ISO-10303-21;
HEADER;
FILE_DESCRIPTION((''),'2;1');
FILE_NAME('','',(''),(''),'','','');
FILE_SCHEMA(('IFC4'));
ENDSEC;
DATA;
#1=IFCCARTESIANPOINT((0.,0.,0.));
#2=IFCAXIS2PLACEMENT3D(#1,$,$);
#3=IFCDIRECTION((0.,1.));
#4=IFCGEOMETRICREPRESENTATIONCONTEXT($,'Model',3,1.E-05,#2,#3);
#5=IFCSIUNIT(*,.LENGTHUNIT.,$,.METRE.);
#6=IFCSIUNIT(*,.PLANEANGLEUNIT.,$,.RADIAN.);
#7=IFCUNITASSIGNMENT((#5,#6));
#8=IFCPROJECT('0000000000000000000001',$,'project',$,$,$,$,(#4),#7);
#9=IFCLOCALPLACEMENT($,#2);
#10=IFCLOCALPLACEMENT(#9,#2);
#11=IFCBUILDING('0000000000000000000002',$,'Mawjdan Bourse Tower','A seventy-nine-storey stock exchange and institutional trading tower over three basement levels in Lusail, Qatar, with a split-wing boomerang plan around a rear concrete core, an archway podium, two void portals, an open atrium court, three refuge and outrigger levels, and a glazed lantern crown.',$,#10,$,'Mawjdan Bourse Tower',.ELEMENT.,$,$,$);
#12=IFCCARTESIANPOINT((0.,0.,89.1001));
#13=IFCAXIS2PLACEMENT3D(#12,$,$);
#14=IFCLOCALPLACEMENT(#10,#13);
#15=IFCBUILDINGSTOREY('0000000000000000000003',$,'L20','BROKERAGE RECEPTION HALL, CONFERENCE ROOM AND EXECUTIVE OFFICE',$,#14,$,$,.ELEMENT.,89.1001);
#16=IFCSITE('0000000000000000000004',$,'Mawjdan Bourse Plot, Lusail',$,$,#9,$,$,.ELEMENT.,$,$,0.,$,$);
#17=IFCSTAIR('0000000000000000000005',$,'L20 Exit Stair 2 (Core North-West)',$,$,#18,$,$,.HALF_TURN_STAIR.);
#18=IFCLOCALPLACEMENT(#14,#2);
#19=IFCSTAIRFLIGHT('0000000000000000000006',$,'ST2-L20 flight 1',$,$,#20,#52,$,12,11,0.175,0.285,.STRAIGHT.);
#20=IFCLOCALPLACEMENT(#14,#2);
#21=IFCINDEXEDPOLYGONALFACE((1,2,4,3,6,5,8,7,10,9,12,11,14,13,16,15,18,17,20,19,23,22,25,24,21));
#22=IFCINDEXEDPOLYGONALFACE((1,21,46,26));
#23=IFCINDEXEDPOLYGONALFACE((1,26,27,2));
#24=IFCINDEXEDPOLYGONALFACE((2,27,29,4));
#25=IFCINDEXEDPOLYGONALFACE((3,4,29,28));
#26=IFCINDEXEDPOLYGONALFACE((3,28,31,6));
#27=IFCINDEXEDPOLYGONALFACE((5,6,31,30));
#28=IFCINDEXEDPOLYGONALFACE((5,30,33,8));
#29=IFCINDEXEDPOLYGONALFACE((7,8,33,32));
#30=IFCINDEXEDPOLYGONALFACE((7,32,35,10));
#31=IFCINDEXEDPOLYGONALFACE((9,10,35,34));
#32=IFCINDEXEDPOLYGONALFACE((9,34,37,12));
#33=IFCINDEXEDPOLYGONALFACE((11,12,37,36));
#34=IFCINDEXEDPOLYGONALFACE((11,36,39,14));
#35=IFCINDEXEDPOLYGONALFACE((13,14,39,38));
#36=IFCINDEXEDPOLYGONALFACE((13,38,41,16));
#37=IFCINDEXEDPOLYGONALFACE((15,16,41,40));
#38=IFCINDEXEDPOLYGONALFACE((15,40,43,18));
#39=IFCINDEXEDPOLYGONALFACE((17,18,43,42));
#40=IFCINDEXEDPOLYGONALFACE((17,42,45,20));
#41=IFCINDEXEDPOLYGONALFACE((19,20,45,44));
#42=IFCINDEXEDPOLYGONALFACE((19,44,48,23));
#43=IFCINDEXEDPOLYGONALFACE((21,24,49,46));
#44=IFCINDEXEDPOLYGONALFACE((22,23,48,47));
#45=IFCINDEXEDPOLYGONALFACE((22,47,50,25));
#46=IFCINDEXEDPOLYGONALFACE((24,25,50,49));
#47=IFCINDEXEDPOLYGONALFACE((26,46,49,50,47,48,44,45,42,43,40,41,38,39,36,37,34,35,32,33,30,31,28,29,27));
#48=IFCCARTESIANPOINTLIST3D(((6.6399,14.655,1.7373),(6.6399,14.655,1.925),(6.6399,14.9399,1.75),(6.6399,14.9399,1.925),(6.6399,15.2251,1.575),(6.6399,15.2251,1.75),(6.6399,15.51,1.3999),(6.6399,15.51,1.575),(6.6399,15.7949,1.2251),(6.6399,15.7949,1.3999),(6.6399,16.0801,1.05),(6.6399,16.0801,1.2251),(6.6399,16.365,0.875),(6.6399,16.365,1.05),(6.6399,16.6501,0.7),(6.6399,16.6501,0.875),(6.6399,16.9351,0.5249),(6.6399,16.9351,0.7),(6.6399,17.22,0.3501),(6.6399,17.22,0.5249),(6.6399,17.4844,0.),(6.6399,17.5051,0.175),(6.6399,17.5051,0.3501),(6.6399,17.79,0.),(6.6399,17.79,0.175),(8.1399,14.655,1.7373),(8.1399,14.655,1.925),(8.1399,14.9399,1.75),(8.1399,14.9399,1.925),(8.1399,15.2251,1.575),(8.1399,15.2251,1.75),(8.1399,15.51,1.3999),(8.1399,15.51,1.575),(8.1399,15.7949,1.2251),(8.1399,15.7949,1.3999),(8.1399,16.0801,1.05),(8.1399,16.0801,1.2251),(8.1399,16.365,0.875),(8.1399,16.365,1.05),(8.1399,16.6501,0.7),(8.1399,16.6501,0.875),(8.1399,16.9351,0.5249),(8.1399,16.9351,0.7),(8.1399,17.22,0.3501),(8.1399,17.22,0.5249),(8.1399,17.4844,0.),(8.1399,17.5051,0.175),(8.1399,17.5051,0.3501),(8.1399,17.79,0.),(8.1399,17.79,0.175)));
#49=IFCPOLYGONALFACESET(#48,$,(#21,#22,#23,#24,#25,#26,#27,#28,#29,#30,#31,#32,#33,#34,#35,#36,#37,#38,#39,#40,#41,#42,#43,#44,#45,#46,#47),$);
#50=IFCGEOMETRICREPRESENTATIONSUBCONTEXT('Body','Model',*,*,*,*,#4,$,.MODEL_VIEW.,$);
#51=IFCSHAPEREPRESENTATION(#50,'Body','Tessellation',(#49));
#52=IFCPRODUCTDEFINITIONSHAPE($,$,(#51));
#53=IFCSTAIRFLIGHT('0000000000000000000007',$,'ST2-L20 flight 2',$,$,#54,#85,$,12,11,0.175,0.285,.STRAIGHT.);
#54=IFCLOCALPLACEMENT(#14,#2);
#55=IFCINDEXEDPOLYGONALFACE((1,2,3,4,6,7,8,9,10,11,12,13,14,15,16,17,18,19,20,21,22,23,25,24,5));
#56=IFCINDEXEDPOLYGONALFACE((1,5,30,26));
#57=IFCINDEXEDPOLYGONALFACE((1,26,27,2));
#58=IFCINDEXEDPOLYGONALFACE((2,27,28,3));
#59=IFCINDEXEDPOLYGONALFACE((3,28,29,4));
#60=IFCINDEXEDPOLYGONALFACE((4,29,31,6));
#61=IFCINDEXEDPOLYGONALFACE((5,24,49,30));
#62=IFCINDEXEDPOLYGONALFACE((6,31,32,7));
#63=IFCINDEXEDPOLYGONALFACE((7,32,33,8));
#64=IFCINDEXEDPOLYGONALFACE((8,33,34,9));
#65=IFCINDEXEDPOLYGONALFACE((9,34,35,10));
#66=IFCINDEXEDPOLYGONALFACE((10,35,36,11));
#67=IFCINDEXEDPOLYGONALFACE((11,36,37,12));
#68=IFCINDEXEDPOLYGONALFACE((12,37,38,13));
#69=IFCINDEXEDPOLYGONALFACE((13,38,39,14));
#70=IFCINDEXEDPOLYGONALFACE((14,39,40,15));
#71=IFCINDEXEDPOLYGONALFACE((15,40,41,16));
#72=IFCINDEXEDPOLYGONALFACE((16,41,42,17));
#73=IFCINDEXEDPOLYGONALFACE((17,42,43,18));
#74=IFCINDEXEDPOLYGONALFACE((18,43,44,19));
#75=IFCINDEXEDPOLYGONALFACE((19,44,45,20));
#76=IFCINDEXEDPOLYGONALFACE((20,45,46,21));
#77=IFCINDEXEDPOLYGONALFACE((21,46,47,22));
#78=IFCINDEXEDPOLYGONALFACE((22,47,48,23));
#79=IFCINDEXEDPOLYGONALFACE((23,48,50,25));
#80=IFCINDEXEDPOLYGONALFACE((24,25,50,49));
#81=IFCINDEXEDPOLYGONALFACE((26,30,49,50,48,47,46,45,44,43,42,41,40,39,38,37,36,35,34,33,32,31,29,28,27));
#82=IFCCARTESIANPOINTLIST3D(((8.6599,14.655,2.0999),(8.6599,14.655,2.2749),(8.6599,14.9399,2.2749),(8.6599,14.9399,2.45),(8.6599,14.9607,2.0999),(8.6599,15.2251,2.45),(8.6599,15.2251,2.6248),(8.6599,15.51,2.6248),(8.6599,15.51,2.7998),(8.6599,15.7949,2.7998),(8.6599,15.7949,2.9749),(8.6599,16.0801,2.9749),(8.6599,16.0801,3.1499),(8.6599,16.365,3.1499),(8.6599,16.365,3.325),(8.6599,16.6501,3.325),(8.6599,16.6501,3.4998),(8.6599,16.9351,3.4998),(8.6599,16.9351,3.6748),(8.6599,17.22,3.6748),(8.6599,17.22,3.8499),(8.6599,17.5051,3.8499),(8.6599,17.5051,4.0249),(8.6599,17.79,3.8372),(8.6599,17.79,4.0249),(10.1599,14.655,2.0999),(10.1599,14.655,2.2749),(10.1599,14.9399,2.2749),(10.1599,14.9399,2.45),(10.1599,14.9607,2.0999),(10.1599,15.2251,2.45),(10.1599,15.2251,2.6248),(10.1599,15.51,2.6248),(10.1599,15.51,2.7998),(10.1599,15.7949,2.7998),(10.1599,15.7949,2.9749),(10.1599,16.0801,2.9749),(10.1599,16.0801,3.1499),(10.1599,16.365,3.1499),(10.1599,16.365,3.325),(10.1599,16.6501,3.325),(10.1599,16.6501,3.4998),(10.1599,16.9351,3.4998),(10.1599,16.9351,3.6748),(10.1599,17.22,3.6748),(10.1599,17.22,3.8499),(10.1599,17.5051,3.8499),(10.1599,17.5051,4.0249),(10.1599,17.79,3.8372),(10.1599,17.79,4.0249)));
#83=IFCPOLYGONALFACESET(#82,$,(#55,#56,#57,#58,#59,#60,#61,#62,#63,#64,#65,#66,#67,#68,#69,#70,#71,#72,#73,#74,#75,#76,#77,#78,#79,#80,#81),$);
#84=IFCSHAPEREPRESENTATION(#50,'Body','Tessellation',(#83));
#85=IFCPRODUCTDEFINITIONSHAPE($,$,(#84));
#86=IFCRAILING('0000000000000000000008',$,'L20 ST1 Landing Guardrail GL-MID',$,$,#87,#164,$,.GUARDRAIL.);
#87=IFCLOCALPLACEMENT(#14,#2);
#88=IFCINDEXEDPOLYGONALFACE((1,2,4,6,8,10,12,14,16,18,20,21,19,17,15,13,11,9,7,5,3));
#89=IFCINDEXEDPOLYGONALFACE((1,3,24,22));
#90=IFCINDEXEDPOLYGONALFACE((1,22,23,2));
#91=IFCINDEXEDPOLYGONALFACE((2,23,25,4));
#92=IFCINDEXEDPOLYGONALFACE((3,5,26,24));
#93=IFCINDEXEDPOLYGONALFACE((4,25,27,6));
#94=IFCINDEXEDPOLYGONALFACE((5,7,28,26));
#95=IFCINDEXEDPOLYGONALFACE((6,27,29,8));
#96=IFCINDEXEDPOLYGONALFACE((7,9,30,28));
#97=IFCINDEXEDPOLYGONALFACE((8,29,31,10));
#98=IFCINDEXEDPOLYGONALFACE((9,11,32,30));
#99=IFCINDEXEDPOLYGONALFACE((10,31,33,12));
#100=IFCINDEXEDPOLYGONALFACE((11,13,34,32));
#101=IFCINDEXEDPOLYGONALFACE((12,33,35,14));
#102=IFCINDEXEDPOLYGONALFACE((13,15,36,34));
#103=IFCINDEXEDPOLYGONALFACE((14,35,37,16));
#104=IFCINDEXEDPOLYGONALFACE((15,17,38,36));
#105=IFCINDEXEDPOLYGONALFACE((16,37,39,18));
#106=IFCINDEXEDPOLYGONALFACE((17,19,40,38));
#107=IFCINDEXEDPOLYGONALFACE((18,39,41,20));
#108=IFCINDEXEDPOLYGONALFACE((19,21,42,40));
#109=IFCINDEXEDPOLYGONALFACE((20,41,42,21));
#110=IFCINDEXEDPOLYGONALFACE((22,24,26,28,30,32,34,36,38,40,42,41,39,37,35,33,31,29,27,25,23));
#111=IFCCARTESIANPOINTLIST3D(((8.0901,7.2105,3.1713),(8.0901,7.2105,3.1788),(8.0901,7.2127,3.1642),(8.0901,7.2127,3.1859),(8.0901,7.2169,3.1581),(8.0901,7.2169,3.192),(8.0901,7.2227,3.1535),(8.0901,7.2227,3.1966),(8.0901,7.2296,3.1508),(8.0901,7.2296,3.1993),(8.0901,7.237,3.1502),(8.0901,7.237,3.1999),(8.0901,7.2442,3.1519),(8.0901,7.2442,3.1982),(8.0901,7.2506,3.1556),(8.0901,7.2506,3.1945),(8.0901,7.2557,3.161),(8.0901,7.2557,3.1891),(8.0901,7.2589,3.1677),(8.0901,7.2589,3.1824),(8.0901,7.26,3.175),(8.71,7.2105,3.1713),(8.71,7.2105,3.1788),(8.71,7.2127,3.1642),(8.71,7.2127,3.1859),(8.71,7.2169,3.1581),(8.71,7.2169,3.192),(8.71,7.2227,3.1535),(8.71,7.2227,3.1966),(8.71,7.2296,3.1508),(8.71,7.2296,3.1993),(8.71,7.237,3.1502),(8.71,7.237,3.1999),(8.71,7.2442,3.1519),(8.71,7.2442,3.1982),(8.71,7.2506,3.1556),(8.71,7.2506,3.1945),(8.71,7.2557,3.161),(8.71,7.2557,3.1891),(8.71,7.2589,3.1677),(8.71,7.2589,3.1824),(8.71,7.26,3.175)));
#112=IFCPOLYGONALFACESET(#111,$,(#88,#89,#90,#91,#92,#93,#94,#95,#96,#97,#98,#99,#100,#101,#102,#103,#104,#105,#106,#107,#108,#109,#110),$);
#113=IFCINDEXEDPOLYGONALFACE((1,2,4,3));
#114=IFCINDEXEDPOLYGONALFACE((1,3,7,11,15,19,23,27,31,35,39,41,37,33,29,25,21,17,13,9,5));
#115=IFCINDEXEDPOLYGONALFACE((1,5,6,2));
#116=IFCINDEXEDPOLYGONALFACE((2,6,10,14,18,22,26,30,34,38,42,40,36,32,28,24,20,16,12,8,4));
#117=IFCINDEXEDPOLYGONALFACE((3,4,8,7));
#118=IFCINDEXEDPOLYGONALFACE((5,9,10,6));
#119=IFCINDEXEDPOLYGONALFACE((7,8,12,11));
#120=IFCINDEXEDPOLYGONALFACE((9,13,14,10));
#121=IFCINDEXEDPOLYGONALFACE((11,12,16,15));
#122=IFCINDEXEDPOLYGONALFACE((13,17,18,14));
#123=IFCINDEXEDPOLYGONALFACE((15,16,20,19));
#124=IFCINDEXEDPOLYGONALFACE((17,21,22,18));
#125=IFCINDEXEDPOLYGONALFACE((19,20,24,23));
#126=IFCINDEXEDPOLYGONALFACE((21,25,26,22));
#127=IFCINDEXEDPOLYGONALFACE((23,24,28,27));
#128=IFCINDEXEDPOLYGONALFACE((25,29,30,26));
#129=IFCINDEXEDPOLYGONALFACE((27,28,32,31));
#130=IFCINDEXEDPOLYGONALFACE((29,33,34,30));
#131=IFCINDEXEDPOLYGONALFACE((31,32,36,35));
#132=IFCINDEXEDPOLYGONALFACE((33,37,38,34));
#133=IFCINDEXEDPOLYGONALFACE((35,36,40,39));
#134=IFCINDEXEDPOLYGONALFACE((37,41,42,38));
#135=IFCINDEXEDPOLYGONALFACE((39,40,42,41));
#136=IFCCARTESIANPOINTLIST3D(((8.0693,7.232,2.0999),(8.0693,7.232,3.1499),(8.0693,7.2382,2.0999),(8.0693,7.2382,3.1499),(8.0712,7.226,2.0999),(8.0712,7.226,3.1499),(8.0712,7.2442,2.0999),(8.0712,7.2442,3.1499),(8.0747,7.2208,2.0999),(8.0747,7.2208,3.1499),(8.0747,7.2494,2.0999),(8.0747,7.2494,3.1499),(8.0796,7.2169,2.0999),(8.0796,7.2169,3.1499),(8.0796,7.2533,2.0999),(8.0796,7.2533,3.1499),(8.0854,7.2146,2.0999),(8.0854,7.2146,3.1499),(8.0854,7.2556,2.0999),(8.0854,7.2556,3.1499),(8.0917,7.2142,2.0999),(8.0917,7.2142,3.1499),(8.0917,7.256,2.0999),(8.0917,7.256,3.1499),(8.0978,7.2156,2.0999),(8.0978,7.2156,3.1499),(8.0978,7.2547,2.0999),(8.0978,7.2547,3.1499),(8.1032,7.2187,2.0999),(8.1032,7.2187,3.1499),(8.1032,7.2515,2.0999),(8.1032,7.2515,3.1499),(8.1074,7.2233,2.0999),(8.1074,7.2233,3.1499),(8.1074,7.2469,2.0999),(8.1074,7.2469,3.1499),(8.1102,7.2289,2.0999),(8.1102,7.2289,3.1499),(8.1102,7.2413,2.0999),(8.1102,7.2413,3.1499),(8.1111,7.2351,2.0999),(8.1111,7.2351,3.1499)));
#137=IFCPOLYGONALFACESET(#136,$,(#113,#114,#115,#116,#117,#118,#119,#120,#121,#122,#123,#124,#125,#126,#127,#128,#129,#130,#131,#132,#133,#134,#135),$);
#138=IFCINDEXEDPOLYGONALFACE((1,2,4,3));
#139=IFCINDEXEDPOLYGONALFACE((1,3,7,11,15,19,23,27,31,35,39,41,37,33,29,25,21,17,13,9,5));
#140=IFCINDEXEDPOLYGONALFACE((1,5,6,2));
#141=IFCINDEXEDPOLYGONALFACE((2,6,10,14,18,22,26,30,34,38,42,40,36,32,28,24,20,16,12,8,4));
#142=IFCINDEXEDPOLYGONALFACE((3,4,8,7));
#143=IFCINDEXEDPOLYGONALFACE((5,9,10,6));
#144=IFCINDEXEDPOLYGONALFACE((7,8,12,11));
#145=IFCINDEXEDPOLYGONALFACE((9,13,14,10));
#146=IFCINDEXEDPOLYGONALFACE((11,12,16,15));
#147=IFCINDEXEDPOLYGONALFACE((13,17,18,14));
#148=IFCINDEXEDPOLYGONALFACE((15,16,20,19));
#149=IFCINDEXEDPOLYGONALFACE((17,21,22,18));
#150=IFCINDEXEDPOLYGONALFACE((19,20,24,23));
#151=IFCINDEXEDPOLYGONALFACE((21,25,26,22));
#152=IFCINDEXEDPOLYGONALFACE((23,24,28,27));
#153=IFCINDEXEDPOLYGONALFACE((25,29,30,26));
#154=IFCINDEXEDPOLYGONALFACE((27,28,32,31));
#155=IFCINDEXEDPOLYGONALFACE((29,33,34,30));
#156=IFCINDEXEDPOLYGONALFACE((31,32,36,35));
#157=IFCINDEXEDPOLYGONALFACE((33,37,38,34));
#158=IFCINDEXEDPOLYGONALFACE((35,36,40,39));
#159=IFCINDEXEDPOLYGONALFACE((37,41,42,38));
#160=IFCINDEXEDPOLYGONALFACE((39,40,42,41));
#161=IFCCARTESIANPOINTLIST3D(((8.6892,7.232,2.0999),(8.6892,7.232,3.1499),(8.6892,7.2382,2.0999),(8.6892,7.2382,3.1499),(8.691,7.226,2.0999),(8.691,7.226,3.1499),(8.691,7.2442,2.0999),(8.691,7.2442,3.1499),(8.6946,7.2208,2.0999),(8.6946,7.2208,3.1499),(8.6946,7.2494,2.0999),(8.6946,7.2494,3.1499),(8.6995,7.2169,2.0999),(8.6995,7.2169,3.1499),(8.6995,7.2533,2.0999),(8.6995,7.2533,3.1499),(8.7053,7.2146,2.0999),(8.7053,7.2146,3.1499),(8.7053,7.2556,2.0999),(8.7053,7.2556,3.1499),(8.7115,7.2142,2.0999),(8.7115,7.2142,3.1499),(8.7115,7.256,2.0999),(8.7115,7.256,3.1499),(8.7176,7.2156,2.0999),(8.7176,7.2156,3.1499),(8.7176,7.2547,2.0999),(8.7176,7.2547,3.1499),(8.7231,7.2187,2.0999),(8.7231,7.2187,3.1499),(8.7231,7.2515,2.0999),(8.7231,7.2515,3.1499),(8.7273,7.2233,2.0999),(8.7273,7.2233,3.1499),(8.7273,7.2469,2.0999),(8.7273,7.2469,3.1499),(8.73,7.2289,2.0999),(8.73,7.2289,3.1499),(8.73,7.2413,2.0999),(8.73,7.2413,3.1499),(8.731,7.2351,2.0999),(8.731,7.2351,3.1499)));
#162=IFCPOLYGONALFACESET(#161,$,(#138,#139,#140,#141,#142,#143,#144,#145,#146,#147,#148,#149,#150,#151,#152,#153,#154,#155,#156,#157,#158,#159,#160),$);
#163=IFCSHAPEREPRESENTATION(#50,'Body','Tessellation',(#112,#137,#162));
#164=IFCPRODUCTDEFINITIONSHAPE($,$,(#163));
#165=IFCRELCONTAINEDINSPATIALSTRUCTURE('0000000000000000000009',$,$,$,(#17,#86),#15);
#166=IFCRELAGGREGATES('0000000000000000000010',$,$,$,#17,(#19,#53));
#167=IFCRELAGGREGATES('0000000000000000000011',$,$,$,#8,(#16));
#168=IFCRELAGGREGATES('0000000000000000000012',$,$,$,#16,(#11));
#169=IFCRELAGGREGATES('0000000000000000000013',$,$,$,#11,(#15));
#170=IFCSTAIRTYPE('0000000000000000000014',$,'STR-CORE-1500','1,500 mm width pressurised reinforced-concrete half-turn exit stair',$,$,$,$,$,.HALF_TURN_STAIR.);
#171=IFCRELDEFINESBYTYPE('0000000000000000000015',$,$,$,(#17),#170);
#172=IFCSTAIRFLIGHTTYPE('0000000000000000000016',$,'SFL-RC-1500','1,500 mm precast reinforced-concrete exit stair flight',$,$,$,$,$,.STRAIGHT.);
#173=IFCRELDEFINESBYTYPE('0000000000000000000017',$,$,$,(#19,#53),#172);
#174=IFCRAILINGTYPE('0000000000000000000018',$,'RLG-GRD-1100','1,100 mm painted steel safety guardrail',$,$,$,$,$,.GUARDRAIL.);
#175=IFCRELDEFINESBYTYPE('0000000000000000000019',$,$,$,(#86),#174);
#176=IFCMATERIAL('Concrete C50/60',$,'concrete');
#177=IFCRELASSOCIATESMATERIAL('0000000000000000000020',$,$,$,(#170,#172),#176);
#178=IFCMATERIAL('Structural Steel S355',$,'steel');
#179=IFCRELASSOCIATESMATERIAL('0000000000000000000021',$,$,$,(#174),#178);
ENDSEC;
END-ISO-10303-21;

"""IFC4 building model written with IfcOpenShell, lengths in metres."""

from ifc_helpers import new_model, si_unit, direction, frame, origin, origin_2d, place, context, subcontext, project, spatial, polyline, circle, outline, extrude, material, type_object, element, aggregate, save


model = new_model("IFC4")

# Units and contexts
model_context = context("Model", 3, precision=1e-05, world=origin(), true_north=direction((0.0, 1.0)))
body_context = subcontext(model_context, "Body", "Model", "MODEL_VIEW")
ifc_project = project(units=[si_unit("LENGTHUNIT", "METRE"), si_unit("PLANEANGLEUNIT", "RADIAN")], contexts=[model_context])

# Site, building, storey
site_placement = place(None, origin())
site = spatial("IfcSite", under=ifc_project, at=site_placement, Name="Mawjdan Bourse Plot, Lusail", CompositionType="ELEMENT", RefElevation=0.0)
building_placement = place(site_placement, origin())
building = spatial("IfcBuilding", under=site, at=building_placement, Name="Mawjdan Bourse Tower", Description="A seventy-nine-storey stock exchange and institutional trading tower over three basement levels in Lusail, Qatar, with a split-wing boomerang plan around a rear concrete core, an archway podium, two void portals, an open atrium court, three refuge and outrigger levels, and a glazed lantern crown.", LongName="Mawjdan Bourse Tower", CompositionType="ELEMENT")
storey_placement = place(building_placement, frame((0.0, 0.0, 89.1001)))
storey = spatial("IfcBuildingStorey", under=building, at=storey_placement, Name="L20", Description="BROKERAGE RECEPTION HALL, CONFERENCE ROOM AND EXECUTIVE OFFICE", CompositionType="ELEMENT", Elevation=89.1001)

# Shared definitions
ifc_material_1 = material(Name="Structural Steel S355", Category="steel")

# Shared definitions
ifc_material_2 = material(Name="Concrete C50/60", Category="concrete")

# Stair, stair flights
stair_type = type_object("IfcStairType", Name="STR-CORE-1500", Description="1,500 mm width pressurised reinforced-concrete half-turn exit stair", PredefinedType="HALF_TURN_STAIR", material=ifc_material_2)
stair_flight_type = type_object("IfcStairFlightType", Name="SFL-RC-1500", Description="1,500 mm precast reinforced-concrete exit stair flight", PredefinedType="STRAIGHT", material=ifc_material_2)
stair_1_placement = place(storey_placement, origin())
stair_1 = element("IfcStair", 1, at=stair_1_placement, inside=storey, type_object=stair_type, Name="L20 Exit Stair 2 (Core North-West)", PredefinedType="HALF_TURN_STAIR")
stair_flight_1_placement = place(storey_placement, frame((7.3899, 17.79, 0.0), z_axis=(0.0, 0.0, 1.0), x_axis=(0.0, -1.0, 0.0)))
stair_flight_1 = element("IfcStairFlight", 2, at=stair_flight_1_placement, type_object=stair_flight_type, Name="ST2-L20 flight 1", NumberOfRisers=12, NumberOfTreads=11, PredefinedType="STRAIGHT", RiserHeight=0.175, TreadLength=0.285, context=body_context, shape_type="SweptSolid", body=[
    extrude(outline(polyline([(0.0, 0.0), (0.0, 0.175), (0.2849, 0.175), (0.2849, 0.3501), (0.5701, 0.3501), (0.5701, 0.5249), (0.855, 0.5249), (0.855, 0.7), (1.1399, 0.7), (1.1399, 0.875), (1.425, 0.875), (1.425, 1.05), (1.71, 1.05), (1.71, 1.2251), (1.9951, 1.2251), (1.9951, 1.3999), (2.28, 1.3999), (2.28, 1.575), (2.5649, 1.575), (2.5649, 1.75), (2.8501, 1.75), (2.8501, 1.925), (3.135, 1.925), (3.135, 2.1001), (3.135, 1.7373), (0.3057, 0.0), (0.0, 0.0)])), frame((0.0, 0.75, 0.0), z_axis=(0.0, -1.0, 0.0), x_axis=(1.0, 0.0, 0.0)), (0.0, 0.0, 1.0), 1.5),
])
stair_flight_2_placement = place(storey_placement, frame((9.4099, 14.655, 2.0999), z_axis=(0.0, 0.0, 1.0), x_axis=(0.0, 1.0, 0.0)))
stair_flight_2 = element("IfcStairFlight", 3, at=stair_flight_2_placement, type_object=stair_flight_type, Name="ST2-L20 flight 2", NumberOfRisers=12, NumberOfTreads=11, PredefinedType="STRAIGHT", RiserHeight=0.175, TreadLength=0.285, context=body_context, shape_type="SweptSolid", body=[
    extrude(outline(polyline([(0.0, 0.0), (0.0, 0.175), (0.2849, 0.175), (0.2849, 0.3501), (0.5701, 0.3501), (0.5701, 0.5249), (0.855, 0.5249), (0.855, 0.7), (1.1399, 0.7), (1.1399, 0.875), (1.425, 0.875), (1.425, 1.05), (1.71, 1.05), (1.71, 1.2251), (1.9951, 1.2251), (1.9951, 1.3999), (2.28, 1.3999), (2.28, 1.575), (2.5649, 1.575), (2.5649, 1.75), (2.8501, 1.75), (2.8501, 1.925), (3.135, 1.925), (3.135, 2.1001), (3.135, 1.7373), (0.3057, 0.0), (0.0, 0.0)])), frame((0.0, 0.75, 0.0), z_axis=(0.0, -1.0, 0.0), x_axis=(1.0, 0.0, 0.0)), (0.0, 0.0, 1.0), 1.5),
])
aggregate(stair_1, [stair_flight_1, stair_flight_2])

# Railing
railing_type_1 = type_object("IfcRailingType", Name="RLG-GRD-1100", Description="1,100 mm painted steel safety guardrail", PredefinedType="GUARDRAIL", material=ifc_material_1)
for number, where, name in (
    (4, (8.0901, 7.2351, 2.0999), "L20 ST1 Landing Guardrail GL-MID"),
):
    element("IfcRailing", number, at=place(storey_placement, frame(where)), inside=storey, type_object=railing_type_1, Name=name, PredefinedType="GUARDRAIL", context=body_context, shape_type="SweptSolid", body=[
        extrude(circle(Radius=0.0249, at=origin_2d()), frame((0.0, 0.0, 1.0752), z_axis=(1.0, 0.0, 0.0), x_axis=(0.0, 1.0, 0.0)), (0.0, 0.0, 1.0), 0.6199),
        extrude(circle(Radius=0.021, at=origin_2d()), origin(), (0.0, 0.0, 1.0), 1.05),
        extrude(circle(Radius=0.021, at=origin_2d()), frame((0.6199, 0.0, 0.0)), (0.0, 0.0, 1.0), 1.05),
    ])

save(model, "model.ifc")
